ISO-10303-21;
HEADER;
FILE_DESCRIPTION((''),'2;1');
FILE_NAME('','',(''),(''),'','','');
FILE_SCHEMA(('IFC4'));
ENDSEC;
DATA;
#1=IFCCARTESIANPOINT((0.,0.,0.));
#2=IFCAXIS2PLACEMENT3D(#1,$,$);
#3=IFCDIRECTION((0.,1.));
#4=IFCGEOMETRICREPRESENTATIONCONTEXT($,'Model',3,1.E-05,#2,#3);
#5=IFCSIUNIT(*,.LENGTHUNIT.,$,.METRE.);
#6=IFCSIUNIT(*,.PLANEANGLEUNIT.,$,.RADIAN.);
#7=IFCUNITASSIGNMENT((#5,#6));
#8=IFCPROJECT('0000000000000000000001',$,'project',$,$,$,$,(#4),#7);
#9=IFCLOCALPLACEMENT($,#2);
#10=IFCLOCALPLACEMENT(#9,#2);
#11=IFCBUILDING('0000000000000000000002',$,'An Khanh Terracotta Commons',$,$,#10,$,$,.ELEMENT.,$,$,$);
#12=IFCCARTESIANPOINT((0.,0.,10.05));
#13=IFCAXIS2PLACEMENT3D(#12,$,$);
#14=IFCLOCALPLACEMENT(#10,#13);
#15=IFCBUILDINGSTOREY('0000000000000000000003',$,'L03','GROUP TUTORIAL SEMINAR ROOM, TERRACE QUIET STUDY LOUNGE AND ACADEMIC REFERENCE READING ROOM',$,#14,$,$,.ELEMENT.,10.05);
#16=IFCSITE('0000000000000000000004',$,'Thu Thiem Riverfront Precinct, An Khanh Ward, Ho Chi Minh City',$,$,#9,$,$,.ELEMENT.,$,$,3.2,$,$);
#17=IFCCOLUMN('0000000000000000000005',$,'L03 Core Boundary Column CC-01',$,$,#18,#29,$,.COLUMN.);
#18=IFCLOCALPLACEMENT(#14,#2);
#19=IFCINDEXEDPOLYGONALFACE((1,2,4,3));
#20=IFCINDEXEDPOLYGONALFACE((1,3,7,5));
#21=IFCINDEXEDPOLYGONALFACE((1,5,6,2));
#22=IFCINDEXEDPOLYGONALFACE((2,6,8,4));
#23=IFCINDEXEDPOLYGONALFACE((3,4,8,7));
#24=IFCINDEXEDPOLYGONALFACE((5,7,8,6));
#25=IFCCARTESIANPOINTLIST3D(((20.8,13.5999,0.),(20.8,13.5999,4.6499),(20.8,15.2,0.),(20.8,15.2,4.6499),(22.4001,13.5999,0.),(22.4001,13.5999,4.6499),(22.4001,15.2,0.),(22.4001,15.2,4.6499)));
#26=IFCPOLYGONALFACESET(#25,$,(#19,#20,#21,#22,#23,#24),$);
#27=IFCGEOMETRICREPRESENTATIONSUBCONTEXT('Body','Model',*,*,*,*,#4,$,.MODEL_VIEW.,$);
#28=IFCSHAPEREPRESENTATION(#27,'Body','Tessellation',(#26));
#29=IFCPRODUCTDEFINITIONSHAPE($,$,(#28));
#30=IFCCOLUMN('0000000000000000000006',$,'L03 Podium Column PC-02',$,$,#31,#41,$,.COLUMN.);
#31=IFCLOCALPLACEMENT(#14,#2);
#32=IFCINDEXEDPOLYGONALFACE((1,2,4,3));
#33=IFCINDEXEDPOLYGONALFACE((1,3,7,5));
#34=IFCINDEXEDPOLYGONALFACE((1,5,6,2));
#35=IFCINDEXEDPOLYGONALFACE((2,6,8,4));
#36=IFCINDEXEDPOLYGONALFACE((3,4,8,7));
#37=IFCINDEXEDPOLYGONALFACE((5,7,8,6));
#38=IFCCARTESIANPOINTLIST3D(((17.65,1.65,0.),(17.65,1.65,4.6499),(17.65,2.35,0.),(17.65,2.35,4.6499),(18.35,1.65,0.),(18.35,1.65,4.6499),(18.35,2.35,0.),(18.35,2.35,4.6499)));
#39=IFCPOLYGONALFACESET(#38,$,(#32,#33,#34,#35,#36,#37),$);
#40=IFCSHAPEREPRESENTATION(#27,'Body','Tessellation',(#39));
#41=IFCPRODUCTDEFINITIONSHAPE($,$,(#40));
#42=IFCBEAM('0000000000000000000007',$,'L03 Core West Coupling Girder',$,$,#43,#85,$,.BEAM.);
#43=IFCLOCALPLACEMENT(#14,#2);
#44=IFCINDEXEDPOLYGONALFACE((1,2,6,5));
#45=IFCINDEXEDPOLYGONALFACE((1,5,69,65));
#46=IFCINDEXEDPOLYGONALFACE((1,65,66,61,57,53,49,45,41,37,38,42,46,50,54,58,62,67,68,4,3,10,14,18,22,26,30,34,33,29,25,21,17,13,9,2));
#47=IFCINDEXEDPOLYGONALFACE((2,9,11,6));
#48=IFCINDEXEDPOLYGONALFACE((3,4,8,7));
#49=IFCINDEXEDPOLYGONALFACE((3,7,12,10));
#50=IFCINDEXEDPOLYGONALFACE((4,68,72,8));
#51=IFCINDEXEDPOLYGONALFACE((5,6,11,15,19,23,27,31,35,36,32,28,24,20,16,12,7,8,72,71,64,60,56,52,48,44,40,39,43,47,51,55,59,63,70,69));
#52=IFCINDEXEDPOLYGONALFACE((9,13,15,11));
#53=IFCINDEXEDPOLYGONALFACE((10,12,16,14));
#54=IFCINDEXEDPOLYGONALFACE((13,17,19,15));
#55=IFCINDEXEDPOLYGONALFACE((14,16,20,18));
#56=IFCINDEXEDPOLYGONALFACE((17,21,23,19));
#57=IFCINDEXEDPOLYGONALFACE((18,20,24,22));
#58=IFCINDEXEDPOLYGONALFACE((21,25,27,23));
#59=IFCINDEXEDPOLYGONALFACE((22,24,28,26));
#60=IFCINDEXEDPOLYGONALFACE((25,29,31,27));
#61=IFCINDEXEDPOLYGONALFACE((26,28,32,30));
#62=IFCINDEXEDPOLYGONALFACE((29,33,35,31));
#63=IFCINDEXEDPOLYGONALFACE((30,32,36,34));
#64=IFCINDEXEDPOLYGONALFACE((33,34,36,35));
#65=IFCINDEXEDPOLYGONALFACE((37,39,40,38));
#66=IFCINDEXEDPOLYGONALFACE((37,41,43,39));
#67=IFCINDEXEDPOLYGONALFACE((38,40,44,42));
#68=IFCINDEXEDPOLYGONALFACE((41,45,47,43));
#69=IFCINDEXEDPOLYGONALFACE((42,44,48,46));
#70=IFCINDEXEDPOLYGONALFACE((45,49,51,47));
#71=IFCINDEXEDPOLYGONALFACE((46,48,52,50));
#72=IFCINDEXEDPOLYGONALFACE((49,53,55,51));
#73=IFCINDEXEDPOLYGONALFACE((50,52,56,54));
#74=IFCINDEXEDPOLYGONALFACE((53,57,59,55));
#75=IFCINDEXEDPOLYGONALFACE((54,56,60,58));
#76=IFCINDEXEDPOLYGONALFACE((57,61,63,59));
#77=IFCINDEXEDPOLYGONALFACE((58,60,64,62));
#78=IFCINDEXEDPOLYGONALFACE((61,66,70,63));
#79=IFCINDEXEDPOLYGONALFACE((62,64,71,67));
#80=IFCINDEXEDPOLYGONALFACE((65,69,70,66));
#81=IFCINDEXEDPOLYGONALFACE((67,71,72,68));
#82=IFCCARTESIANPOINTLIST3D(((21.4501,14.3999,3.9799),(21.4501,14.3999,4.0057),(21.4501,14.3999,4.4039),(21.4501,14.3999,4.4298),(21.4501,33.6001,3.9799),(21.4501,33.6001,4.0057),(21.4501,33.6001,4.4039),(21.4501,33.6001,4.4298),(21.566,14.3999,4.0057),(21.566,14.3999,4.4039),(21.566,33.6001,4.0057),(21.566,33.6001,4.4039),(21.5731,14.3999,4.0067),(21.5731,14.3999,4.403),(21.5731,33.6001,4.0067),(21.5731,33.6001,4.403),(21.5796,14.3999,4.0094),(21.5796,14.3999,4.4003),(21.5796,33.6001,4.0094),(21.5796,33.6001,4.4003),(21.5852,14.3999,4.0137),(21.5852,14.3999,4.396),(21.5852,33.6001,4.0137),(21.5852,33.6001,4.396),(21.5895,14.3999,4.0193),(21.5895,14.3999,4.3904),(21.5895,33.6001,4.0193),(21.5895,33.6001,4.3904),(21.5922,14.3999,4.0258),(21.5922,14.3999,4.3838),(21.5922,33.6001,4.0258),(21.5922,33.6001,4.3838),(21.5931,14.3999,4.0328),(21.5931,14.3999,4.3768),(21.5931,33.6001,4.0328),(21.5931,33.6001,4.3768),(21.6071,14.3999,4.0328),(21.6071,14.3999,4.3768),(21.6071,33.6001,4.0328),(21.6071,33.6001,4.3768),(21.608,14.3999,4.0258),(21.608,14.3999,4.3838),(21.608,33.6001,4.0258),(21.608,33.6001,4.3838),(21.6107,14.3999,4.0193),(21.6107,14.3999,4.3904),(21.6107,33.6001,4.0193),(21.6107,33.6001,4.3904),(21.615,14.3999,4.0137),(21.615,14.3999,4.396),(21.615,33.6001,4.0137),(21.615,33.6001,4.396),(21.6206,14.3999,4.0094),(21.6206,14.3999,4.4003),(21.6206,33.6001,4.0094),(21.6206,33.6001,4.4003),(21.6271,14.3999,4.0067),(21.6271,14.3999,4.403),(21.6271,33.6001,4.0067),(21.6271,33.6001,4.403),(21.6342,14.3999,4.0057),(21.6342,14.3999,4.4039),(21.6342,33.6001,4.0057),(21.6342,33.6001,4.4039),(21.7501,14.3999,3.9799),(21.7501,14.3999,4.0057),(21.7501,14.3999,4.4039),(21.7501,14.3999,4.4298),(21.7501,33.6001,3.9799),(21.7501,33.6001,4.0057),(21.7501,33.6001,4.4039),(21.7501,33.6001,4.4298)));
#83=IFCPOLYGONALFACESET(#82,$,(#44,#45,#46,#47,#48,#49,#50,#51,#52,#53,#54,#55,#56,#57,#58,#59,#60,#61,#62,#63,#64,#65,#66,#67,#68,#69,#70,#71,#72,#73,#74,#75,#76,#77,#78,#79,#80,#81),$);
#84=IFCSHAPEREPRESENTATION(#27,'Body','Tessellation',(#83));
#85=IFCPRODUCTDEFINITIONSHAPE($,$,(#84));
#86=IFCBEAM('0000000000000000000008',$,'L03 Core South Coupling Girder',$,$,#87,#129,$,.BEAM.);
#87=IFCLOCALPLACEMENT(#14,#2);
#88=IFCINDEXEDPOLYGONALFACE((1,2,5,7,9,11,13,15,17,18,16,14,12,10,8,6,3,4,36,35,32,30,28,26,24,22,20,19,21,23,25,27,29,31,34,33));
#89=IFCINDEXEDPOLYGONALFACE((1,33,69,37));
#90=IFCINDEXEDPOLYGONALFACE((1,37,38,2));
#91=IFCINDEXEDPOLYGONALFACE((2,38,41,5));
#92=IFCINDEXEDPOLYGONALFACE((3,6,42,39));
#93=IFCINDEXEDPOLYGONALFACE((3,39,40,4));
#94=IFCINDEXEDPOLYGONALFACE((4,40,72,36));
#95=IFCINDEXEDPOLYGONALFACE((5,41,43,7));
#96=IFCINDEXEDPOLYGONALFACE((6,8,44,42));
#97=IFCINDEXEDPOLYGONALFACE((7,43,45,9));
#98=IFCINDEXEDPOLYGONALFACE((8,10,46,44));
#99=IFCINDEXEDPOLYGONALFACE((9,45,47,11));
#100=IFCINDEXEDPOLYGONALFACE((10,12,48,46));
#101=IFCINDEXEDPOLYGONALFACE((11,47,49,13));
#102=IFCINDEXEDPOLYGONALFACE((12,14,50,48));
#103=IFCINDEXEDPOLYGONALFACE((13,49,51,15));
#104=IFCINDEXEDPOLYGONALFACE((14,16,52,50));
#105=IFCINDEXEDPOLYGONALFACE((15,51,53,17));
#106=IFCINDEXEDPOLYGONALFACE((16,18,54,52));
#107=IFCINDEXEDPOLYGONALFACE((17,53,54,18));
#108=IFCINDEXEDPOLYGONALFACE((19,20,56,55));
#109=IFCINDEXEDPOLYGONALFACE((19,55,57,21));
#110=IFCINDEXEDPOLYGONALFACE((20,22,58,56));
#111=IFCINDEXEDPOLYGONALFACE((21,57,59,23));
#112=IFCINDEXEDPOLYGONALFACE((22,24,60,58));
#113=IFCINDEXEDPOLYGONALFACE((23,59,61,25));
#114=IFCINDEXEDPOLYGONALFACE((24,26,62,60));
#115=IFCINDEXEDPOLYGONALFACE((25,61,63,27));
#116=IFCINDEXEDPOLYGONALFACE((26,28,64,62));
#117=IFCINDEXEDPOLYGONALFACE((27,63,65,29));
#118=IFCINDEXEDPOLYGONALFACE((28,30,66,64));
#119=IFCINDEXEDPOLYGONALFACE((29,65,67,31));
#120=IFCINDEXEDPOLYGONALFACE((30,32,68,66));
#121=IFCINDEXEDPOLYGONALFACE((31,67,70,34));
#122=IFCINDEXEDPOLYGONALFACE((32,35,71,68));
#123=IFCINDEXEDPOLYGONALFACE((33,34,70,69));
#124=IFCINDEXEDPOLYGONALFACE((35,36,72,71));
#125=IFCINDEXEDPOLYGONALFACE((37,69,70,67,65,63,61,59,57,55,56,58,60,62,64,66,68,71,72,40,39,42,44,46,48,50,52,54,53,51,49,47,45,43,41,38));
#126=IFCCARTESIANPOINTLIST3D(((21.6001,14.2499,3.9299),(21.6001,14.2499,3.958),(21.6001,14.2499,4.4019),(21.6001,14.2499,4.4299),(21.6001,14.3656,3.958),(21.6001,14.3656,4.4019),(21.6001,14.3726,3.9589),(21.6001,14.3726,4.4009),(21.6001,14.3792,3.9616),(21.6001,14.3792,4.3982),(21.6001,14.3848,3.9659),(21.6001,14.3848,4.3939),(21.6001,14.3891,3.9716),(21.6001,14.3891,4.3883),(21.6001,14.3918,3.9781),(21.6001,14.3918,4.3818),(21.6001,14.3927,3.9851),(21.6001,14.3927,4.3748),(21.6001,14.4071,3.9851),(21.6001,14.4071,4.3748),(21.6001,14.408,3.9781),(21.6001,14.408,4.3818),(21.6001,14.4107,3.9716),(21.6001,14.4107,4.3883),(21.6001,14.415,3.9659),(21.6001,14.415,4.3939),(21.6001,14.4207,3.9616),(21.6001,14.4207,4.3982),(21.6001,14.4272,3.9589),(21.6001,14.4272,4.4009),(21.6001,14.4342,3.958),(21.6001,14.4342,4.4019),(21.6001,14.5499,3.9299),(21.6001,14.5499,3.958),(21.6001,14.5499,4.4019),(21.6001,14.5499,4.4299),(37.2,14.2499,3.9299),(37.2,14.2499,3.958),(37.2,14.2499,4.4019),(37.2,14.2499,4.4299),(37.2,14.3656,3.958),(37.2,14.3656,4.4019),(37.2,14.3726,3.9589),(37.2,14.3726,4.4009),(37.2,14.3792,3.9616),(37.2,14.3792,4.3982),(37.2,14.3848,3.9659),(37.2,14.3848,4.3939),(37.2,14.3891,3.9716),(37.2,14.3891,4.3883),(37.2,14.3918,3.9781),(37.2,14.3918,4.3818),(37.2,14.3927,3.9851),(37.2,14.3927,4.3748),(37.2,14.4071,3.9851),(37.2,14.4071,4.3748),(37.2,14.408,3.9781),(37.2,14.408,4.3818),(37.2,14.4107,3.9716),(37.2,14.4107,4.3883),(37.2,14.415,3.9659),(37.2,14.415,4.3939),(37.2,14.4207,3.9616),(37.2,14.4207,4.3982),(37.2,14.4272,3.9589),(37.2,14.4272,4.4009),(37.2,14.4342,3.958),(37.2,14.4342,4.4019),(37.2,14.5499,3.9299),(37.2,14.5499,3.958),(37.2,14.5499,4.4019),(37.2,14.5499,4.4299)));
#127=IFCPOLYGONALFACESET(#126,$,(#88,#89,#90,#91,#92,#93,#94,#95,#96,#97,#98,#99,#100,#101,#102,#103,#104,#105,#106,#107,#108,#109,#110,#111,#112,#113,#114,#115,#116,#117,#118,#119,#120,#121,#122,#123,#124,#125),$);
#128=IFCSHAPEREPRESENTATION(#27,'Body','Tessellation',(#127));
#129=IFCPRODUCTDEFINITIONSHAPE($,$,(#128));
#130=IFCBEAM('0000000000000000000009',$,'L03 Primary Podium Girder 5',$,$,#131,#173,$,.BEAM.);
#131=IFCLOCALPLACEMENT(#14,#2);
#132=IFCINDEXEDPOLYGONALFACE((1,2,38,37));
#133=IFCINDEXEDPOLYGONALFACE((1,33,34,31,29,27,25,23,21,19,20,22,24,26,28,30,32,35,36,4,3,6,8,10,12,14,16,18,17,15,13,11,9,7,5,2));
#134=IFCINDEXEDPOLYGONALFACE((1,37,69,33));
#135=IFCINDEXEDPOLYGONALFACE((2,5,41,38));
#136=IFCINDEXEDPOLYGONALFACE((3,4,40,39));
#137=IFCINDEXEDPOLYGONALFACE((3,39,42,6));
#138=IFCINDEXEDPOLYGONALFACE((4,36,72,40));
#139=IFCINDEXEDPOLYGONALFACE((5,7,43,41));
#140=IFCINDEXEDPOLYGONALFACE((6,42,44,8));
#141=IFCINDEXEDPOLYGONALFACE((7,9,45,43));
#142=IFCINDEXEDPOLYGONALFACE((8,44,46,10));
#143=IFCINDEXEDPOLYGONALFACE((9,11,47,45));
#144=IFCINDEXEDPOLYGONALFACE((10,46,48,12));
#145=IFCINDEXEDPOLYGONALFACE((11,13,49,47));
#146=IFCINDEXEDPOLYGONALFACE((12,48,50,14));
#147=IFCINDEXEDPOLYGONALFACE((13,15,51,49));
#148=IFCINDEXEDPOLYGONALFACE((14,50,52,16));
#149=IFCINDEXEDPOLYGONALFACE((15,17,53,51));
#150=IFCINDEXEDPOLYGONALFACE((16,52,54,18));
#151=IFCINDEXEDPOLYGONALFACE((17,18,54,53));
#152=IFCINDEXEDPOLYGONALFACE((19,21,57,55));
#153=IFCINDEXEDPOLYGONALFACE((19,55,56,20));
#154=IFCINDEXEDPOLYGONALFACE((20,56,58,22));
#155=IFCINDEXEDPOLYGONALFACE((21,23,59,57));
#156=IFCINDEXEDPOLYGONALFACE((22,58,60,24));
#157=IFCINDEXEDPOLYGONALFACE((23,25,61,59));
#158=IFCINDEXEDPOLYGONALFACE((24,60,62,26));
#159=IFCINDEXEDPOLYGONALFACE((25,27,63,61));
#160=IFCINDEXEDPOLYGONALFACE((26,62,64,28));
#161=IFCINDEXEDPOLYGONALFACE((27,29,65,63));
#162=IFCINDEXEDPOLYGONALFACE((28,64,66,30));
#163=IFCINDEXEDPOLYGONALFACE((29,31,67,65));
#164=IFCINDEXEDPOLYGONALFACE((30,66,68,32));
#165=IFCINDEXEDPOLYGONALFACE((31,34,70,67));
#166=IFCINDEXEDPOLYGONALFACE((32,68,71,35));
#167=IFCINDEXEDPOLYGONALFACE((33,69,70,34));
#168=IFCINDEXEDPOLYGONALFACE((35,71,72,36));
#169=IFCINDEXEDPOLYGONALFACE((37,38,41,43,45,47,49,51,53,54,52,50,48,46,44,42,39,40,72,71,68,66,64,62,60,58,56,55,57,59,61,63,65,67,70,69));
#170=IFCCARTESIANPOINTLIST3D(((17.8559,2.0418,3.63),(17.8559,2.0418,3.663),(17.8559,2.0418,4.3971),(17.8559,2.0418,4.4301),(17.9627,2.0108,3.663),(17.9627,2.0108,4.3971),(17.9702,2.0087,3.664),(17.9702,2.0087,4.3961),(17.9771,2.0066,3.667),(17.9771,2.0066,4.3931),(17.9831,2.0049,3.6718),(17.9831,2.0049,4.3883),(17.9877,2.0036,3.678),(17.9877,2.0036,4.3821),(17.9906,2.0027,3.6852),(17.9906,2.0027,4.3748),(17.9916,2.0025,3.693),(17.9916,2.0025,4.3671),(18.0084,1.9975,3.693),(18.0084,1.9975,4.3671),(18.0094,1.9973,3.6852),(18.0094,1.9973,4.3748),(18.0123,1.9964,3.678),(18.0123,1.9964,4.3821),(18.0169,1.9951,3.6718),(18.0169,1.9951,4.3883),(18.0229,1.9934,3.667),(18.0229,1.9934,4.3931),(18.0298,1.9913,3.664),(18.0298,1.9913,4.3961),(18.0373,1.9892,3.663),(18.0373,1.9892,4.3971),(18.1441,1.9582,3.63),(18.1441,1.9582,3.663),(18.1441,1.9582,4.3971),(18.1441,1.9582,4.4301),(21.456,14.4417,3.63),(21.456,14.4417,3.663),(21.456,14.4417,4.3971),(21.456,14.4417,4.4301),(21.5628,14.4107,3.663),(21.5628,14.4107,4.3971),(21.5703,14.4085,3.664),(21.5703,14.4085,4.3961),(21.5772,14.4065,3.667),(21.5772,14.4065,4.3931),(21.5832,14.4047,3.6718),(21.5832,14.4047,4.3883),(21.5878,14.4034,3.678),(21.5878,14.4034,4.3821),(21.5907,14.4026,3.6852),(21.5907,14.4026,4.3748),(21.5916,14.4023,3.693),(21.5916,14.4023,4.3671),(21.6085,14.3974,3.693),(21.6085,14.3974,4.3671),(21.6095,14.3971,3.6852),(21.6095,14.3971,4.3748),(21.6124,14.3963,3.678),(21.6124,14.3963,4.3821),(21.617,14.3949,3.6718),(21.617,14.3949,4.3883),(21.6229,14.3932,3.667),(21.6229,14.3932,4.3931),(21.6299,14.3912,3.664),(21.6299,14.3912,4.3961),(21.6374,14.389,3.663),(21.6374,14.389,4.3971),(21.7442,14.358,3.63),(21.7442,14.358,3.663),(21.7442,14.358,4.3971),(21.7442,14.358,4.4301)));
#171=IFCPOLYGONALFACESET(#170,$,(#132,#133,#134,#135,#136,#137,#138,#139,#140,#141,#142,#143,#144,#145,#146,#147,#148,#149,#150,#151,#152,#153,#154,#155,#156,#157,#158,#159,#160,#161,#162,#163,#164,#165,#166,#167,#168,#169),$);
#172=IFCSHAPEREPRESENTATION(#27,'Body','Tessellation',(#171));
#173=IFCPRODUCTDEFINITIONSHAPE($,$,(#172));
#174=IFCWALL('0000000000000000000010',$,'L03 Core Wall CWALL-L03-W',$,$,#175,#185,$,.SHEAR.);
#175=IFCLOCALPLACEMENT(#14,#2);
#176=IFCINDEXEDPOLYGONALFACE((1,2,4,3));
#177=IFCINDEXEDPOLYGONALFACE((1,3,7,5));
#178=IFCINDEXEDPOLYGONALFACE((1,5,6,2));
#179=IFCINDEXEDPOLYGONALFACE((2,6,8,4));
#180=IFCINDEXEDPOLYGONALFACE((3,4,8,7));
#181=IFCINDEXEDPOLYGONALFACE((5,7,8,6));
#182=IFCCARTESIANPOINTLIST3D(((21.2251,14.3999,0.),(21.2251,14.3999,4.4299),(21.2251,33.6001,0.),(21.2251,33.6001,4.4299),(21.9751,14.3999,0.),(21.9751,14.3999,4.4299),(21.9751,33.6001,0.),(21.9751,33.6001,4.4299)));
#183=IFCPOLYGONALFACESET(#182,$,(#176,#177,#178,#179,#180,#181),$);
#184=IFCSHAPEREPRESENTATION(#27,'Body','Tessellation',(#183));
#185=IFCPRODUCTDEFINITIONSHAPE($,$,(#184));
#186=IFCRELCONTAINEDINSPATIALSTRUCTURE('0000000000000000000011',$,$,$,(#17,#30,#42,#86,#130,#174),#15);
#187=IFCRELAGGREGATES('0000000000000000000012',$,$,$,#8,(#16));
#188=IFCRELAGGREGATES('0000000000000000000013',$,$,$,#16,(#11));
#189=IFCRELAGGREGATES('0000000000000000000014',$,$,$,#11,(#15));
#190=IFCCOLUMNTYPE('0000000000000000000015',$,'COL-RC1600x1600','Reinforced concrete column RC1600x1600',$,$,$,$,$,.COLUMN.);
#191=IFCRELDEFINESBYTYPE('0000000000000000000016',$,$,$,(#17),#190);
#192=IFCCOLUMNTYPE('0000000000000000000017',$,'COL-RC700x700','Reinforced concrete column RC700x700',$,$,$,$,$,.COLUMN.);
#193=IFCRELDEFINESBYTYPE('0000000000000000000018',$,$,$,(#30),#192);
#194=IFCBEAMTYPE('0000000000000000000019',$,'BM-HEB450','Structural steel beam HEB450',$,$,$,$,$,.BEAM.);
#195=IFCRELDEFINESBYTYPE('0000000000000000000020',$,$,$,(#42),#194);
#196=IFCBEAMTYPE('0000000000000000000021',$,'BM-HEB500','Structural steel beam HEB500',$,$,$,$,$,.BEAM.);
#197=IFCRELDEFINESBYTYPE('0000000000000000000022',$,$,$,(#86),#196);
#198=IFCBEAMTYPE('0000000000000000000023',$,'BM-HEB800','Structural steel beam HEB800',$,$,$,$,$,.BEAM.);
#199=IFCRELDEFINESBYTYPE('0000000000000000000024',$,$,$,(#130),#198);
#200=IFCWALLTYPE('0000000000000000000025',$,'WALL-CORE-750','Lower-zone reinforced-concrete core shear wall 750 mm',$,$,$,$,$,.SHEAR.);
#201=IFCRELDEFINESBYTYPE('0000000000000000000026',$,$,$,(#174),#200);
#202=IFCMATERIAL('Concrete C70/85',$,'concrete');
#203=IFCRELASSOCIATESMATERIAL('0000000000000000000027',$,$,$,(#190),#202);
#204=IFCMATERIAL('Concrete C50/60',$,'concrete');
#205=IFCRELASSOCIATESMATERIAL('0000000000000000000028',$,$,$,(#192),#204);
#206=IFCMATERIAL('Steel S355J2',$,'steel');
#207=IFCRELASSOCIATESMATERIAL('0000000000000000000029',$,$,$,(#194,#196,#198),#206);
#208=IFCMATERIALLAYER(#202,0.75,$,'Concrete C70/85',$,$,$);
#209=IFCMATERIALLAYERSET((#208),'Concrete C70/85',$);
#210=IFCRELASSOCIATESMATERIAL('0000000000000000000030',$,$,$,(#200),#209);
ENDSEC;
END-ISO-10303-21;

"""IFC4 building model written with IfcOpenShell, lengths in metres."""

from ifc_helpers import new_model, si_unit, direction, frame, frame_2d, origin, origin_2d, place, context, subcontext, project, spatial, rectangle, i_section, extrude, material, layer, layer_set, material_profile, profile_set, type_object, element, save


model = new_model("IFC4")

# Units and contexts
model_context = context("Model", 3, precision=1e-05, world=origin(), true_north=direction((0.0, 1.0)))
body_context = subcontext(model_context, "Body", "Model", "MODEL_VIEW")
ifc_project = project(units=[si_unit("LENGTHUNIT", "METRE"), si_unit("PLANEANGLEUNIT", "RADIAN")], contexts=[model_context])

# Site, building, storey
site_placement = place(None, origin())
site = spatial("IfcSite", under=ifc_project, at=site_placement, Name="Thu Thiem Riverfront Precinct, An Khanh Ward, Ho Chi Minh City", CompositionType="ELEMENT", RefElevation=3.2)
building_placement = place(site_placement, origin())
building = spatial("IfcBuilding", under=site, at=building_placement, Name="An Khanh Terracotta Commons", CompositionType="ELEMENT")
storey_placement = place(building_placement, frame((0.0, 0.0, 10.05)))
storey = spatial("IfcBuildingStorey", under=building, at=storey_placement, Name="L03", Description="GROUP TUTORIAL SEMINAR ROOM, TERRACE QUIET STUDY LOUNGE AND ACADEMIC REFERENCE READING ROOM", CompositionType="ELEMENT", Elevation=10.05)

# Columns
ifc_material_1 = material(Name="Concrete C70/85", Category="concrete")
ifc_material_profile_1 = material_profile(ifc_material_1, rectangle(XDim=1.6001, YDim=1.6001, at=origin_2d()), Name="RC1600x1600")
ifc_profile_set_1 = profile_set([ifc_material_profile_1], Name="Concrete C70/85")
column_type_1 = type_object("IfcColumnType", Name="COL-RC1600x1600", Description="Reinforced concrete column RC1600x1600", PredefinedType="COLUMN", material=ifc_profile_set_1)
column_1_placement = place(storey_placement, frame((21.6001, 14.3999, 0.0), z_axis=(0.0, 0.0, 1.0), x_axis=(1.0, 0.0, 0.0)))
element("IfcColumn", 1, at=column_1_placement, inside=storey, type_object=column_type_1, Name="L03 Core Boundary Column CC-01", PredefinedType="COLUMN", context=body_context, shape_type="SweptSolid", body=[
    extrude(rectangle(XDim=1.6001, YDim=1.6001, at=origin_2d()), origin(), (0.0, 0.0, 1.0), 4.6499),
])
ifc_material_2 = material(Name="Concrete C50/60", Category="concrete")
ifc_material_profile_2 = material_profile(ifc_material_2, rectangle(XDim=0.7, YDim=0.7, at=origin_2d()), Name="RC700x700")
ifc_profile_set_2 = profile_set([ifc_material_profile_2], Name="Concrete C50/60")
column_type_2 = type_object("IfcColumnType", Name="COL-RC700x700", Description="Reinforced concrete column RC700x700", PredefinedType="COLUMN", material=ifc_profile_set_2)
column_2_placement = place(storey_placement, frame((18.0, 2.0, 0.0), z_axis=(0.0, 0.0, 1.0), x_axis=(1.0, 0.0, 0.0)))
element("IfcColumn", 2, at=column_2_placement, inside=storey, type_object=column_type_2, Name="L03 Podium Column PC-02", PredefinedType="COLUMN", context=body_context, shape_type="SweptSolid", body=[
    extrude(rectangle(XDim=0.7, YDim=0.7, at=origin_2d()), origin(), (0.0, 0.0, 1.0), 4.6499),
])

# Beams
ifc_material_3 = material(Name="Steel S355J2", Category="steel")
ifc_material_profile_3 = material_profile(ifc_material_3, i_section(OverallWidth=0.3, OverallDepth=0.45, WebThickness=0.0139, FlangeThickness=0.0259, FilletRadius=0.0271, at=origin_2d()), Name="HEB450")
ifc_profile_set_3 = profile_set([ifc_material_profile_3], Name="Steel S355J2")
beam_type_1 = type_object("IfcBeamType", Name="BM-HEB450", Description="Structural steel beam HEB450", PredefinedType="BEAM", material=ifc_profile_set_3)
beam_1_placement = place(storey_placement, frame((21.6001, 14.3999, 4.2048), z_axis=(0.0, 1.0, 0.0), x_axis=(-1.0, 0.0, 0.0)))
element("IfcBeam", 3, at=beam_1_placement, inside=storey, type_object=beam_type_1, Name="L03 Core West Coupling Girder", PredefinedType="BEAM", context=body_context, shape_type="SweptSolid", body=[
    extrude(i_section(OverallWidth=0.3, OverallDepth=0.45, WebThickness=0.0139, FlangeThickness=0.0259, FilletRadius=0.0271, at=origin_2d()), origin(), (0.0, 0.0, 1.0), 19.2002),
])
ifc_material_profile_4 = material_profile(ifc_material_3, i_section(OverallWidth=0.3, OverallDepth=0.5, WebThickness=0.0144, FlangeThickness=0.0281, FilletRadius=0.0271, at=origin_2d()), Name="HEB500")
ifc_profile_set_4 = profile_set([ifc_material_profile_4], Name="Steel S355J2")
beam_type_2 = type_object("IfcBeamType", Name="BM-HEB500", Description="Structural steel beam HEB500", PredefinedType="BEAM", material=ifc_profile_set_4)
beam_2_placement = place(storey_placement, frame((21.6001, 14.3999, 4.1799), z_axis=(1.0, 0.0, 0.0), x_axis=(0.0, 1.0, 0.0)))
element("IfcBeam", 4, at=beam_2_placement, inside=storey, type_object=beam_type_2, Name="L03 Core South Coupling Girder", PredefinedType="BEAM", context=body_context, shape_type="SweptSolid", body=[
    extrude(i_section(OverallWidth=0.3, OverallDepth=0.5, WebThickness=0.0144, FlangeThickness=0.0281, FilletRadius=0.0271, at=origin_2d()), origin(), (0.0, 0.0, 1.0), 15.5999),
])
ifc_material_profile_5 = material_profile(ifc_material_3, i_section(OverallWidth=0.3, OverallDepth=0.8, WebThickness=0.0176, FlangeThickness=0.033, FilletRadius=0.03, at=origin_2d()), Name="HEB800")
ifc_profile_set_5 = profile_set([ifc_material_profile_5], Name="Steel S355J2")
beam_type_3 = type_object("IfcBeamType", Name="BM-HEB800", Description="Structural steel beam HEB800", PredefinedType="BEAM", material=ifc_profile_set_5)
beam_3_placement = place(storey_placement, frame((18.0, 2.0, 4.03), z_axis=(0.278819, 0.960344, 0.0), x_axis=(-0.960344, 0.278819, 0.0)))
element("IfcBeam", 5, at=beam_3_placement, inside=storey, type_object=beam_type_3, Name="L03 Primary Podium Girder 5", PredefinedType="BEAM", context=body_context, shape_type="SweptSolid", body=[
    extrude(i_section(OverallWidth=0.3, OverallDepth=0.8, WebThickness=0.0176, FlangeThickness=0.033, FilletRadius=0.03, at=origin_2d()), origin(), (0.0, 0.0, 1.0), 12.9119),
])

# Wall
ifc_layer_1 = layer(ifc_material_1, 0.75, Name="Concrete C70/85")
ifc_layer_set_1 = layer_set([ifc_layer_1], Name="Concrete C70/85")
wall_type_1 = type_object("IfcWallType", Name="WALL-CORE-750", Description="Lower-zone reinforced-concrete core shear wall 750 mm", PredefinedType="SHEAR", material=ifc_layer_set_1)
wall_1_placement = place(storey_placement, frame((21.6001, 14.3999, 0.0), z_axis=(0.0, 0.0, 1.0), x_axis=(0.0, 1.0, 0.0)))
element("IfcWall", 6, at=wall_1_placement, inside=storey, type_object=wall_type_1, Name="L03 Core Wall CWALL-L03-W", PredefinedType="SHEAR", context=body_context, shape_type="SweptSolid", body=[
    extrude(rectangle(XDim=19.2002, YDim=0.75, at=frame_2d((9.6001, 0.0))), origin(), (0.0, 0.0, 1.0), 4.4299),
])

save(model, "model.ifc")
